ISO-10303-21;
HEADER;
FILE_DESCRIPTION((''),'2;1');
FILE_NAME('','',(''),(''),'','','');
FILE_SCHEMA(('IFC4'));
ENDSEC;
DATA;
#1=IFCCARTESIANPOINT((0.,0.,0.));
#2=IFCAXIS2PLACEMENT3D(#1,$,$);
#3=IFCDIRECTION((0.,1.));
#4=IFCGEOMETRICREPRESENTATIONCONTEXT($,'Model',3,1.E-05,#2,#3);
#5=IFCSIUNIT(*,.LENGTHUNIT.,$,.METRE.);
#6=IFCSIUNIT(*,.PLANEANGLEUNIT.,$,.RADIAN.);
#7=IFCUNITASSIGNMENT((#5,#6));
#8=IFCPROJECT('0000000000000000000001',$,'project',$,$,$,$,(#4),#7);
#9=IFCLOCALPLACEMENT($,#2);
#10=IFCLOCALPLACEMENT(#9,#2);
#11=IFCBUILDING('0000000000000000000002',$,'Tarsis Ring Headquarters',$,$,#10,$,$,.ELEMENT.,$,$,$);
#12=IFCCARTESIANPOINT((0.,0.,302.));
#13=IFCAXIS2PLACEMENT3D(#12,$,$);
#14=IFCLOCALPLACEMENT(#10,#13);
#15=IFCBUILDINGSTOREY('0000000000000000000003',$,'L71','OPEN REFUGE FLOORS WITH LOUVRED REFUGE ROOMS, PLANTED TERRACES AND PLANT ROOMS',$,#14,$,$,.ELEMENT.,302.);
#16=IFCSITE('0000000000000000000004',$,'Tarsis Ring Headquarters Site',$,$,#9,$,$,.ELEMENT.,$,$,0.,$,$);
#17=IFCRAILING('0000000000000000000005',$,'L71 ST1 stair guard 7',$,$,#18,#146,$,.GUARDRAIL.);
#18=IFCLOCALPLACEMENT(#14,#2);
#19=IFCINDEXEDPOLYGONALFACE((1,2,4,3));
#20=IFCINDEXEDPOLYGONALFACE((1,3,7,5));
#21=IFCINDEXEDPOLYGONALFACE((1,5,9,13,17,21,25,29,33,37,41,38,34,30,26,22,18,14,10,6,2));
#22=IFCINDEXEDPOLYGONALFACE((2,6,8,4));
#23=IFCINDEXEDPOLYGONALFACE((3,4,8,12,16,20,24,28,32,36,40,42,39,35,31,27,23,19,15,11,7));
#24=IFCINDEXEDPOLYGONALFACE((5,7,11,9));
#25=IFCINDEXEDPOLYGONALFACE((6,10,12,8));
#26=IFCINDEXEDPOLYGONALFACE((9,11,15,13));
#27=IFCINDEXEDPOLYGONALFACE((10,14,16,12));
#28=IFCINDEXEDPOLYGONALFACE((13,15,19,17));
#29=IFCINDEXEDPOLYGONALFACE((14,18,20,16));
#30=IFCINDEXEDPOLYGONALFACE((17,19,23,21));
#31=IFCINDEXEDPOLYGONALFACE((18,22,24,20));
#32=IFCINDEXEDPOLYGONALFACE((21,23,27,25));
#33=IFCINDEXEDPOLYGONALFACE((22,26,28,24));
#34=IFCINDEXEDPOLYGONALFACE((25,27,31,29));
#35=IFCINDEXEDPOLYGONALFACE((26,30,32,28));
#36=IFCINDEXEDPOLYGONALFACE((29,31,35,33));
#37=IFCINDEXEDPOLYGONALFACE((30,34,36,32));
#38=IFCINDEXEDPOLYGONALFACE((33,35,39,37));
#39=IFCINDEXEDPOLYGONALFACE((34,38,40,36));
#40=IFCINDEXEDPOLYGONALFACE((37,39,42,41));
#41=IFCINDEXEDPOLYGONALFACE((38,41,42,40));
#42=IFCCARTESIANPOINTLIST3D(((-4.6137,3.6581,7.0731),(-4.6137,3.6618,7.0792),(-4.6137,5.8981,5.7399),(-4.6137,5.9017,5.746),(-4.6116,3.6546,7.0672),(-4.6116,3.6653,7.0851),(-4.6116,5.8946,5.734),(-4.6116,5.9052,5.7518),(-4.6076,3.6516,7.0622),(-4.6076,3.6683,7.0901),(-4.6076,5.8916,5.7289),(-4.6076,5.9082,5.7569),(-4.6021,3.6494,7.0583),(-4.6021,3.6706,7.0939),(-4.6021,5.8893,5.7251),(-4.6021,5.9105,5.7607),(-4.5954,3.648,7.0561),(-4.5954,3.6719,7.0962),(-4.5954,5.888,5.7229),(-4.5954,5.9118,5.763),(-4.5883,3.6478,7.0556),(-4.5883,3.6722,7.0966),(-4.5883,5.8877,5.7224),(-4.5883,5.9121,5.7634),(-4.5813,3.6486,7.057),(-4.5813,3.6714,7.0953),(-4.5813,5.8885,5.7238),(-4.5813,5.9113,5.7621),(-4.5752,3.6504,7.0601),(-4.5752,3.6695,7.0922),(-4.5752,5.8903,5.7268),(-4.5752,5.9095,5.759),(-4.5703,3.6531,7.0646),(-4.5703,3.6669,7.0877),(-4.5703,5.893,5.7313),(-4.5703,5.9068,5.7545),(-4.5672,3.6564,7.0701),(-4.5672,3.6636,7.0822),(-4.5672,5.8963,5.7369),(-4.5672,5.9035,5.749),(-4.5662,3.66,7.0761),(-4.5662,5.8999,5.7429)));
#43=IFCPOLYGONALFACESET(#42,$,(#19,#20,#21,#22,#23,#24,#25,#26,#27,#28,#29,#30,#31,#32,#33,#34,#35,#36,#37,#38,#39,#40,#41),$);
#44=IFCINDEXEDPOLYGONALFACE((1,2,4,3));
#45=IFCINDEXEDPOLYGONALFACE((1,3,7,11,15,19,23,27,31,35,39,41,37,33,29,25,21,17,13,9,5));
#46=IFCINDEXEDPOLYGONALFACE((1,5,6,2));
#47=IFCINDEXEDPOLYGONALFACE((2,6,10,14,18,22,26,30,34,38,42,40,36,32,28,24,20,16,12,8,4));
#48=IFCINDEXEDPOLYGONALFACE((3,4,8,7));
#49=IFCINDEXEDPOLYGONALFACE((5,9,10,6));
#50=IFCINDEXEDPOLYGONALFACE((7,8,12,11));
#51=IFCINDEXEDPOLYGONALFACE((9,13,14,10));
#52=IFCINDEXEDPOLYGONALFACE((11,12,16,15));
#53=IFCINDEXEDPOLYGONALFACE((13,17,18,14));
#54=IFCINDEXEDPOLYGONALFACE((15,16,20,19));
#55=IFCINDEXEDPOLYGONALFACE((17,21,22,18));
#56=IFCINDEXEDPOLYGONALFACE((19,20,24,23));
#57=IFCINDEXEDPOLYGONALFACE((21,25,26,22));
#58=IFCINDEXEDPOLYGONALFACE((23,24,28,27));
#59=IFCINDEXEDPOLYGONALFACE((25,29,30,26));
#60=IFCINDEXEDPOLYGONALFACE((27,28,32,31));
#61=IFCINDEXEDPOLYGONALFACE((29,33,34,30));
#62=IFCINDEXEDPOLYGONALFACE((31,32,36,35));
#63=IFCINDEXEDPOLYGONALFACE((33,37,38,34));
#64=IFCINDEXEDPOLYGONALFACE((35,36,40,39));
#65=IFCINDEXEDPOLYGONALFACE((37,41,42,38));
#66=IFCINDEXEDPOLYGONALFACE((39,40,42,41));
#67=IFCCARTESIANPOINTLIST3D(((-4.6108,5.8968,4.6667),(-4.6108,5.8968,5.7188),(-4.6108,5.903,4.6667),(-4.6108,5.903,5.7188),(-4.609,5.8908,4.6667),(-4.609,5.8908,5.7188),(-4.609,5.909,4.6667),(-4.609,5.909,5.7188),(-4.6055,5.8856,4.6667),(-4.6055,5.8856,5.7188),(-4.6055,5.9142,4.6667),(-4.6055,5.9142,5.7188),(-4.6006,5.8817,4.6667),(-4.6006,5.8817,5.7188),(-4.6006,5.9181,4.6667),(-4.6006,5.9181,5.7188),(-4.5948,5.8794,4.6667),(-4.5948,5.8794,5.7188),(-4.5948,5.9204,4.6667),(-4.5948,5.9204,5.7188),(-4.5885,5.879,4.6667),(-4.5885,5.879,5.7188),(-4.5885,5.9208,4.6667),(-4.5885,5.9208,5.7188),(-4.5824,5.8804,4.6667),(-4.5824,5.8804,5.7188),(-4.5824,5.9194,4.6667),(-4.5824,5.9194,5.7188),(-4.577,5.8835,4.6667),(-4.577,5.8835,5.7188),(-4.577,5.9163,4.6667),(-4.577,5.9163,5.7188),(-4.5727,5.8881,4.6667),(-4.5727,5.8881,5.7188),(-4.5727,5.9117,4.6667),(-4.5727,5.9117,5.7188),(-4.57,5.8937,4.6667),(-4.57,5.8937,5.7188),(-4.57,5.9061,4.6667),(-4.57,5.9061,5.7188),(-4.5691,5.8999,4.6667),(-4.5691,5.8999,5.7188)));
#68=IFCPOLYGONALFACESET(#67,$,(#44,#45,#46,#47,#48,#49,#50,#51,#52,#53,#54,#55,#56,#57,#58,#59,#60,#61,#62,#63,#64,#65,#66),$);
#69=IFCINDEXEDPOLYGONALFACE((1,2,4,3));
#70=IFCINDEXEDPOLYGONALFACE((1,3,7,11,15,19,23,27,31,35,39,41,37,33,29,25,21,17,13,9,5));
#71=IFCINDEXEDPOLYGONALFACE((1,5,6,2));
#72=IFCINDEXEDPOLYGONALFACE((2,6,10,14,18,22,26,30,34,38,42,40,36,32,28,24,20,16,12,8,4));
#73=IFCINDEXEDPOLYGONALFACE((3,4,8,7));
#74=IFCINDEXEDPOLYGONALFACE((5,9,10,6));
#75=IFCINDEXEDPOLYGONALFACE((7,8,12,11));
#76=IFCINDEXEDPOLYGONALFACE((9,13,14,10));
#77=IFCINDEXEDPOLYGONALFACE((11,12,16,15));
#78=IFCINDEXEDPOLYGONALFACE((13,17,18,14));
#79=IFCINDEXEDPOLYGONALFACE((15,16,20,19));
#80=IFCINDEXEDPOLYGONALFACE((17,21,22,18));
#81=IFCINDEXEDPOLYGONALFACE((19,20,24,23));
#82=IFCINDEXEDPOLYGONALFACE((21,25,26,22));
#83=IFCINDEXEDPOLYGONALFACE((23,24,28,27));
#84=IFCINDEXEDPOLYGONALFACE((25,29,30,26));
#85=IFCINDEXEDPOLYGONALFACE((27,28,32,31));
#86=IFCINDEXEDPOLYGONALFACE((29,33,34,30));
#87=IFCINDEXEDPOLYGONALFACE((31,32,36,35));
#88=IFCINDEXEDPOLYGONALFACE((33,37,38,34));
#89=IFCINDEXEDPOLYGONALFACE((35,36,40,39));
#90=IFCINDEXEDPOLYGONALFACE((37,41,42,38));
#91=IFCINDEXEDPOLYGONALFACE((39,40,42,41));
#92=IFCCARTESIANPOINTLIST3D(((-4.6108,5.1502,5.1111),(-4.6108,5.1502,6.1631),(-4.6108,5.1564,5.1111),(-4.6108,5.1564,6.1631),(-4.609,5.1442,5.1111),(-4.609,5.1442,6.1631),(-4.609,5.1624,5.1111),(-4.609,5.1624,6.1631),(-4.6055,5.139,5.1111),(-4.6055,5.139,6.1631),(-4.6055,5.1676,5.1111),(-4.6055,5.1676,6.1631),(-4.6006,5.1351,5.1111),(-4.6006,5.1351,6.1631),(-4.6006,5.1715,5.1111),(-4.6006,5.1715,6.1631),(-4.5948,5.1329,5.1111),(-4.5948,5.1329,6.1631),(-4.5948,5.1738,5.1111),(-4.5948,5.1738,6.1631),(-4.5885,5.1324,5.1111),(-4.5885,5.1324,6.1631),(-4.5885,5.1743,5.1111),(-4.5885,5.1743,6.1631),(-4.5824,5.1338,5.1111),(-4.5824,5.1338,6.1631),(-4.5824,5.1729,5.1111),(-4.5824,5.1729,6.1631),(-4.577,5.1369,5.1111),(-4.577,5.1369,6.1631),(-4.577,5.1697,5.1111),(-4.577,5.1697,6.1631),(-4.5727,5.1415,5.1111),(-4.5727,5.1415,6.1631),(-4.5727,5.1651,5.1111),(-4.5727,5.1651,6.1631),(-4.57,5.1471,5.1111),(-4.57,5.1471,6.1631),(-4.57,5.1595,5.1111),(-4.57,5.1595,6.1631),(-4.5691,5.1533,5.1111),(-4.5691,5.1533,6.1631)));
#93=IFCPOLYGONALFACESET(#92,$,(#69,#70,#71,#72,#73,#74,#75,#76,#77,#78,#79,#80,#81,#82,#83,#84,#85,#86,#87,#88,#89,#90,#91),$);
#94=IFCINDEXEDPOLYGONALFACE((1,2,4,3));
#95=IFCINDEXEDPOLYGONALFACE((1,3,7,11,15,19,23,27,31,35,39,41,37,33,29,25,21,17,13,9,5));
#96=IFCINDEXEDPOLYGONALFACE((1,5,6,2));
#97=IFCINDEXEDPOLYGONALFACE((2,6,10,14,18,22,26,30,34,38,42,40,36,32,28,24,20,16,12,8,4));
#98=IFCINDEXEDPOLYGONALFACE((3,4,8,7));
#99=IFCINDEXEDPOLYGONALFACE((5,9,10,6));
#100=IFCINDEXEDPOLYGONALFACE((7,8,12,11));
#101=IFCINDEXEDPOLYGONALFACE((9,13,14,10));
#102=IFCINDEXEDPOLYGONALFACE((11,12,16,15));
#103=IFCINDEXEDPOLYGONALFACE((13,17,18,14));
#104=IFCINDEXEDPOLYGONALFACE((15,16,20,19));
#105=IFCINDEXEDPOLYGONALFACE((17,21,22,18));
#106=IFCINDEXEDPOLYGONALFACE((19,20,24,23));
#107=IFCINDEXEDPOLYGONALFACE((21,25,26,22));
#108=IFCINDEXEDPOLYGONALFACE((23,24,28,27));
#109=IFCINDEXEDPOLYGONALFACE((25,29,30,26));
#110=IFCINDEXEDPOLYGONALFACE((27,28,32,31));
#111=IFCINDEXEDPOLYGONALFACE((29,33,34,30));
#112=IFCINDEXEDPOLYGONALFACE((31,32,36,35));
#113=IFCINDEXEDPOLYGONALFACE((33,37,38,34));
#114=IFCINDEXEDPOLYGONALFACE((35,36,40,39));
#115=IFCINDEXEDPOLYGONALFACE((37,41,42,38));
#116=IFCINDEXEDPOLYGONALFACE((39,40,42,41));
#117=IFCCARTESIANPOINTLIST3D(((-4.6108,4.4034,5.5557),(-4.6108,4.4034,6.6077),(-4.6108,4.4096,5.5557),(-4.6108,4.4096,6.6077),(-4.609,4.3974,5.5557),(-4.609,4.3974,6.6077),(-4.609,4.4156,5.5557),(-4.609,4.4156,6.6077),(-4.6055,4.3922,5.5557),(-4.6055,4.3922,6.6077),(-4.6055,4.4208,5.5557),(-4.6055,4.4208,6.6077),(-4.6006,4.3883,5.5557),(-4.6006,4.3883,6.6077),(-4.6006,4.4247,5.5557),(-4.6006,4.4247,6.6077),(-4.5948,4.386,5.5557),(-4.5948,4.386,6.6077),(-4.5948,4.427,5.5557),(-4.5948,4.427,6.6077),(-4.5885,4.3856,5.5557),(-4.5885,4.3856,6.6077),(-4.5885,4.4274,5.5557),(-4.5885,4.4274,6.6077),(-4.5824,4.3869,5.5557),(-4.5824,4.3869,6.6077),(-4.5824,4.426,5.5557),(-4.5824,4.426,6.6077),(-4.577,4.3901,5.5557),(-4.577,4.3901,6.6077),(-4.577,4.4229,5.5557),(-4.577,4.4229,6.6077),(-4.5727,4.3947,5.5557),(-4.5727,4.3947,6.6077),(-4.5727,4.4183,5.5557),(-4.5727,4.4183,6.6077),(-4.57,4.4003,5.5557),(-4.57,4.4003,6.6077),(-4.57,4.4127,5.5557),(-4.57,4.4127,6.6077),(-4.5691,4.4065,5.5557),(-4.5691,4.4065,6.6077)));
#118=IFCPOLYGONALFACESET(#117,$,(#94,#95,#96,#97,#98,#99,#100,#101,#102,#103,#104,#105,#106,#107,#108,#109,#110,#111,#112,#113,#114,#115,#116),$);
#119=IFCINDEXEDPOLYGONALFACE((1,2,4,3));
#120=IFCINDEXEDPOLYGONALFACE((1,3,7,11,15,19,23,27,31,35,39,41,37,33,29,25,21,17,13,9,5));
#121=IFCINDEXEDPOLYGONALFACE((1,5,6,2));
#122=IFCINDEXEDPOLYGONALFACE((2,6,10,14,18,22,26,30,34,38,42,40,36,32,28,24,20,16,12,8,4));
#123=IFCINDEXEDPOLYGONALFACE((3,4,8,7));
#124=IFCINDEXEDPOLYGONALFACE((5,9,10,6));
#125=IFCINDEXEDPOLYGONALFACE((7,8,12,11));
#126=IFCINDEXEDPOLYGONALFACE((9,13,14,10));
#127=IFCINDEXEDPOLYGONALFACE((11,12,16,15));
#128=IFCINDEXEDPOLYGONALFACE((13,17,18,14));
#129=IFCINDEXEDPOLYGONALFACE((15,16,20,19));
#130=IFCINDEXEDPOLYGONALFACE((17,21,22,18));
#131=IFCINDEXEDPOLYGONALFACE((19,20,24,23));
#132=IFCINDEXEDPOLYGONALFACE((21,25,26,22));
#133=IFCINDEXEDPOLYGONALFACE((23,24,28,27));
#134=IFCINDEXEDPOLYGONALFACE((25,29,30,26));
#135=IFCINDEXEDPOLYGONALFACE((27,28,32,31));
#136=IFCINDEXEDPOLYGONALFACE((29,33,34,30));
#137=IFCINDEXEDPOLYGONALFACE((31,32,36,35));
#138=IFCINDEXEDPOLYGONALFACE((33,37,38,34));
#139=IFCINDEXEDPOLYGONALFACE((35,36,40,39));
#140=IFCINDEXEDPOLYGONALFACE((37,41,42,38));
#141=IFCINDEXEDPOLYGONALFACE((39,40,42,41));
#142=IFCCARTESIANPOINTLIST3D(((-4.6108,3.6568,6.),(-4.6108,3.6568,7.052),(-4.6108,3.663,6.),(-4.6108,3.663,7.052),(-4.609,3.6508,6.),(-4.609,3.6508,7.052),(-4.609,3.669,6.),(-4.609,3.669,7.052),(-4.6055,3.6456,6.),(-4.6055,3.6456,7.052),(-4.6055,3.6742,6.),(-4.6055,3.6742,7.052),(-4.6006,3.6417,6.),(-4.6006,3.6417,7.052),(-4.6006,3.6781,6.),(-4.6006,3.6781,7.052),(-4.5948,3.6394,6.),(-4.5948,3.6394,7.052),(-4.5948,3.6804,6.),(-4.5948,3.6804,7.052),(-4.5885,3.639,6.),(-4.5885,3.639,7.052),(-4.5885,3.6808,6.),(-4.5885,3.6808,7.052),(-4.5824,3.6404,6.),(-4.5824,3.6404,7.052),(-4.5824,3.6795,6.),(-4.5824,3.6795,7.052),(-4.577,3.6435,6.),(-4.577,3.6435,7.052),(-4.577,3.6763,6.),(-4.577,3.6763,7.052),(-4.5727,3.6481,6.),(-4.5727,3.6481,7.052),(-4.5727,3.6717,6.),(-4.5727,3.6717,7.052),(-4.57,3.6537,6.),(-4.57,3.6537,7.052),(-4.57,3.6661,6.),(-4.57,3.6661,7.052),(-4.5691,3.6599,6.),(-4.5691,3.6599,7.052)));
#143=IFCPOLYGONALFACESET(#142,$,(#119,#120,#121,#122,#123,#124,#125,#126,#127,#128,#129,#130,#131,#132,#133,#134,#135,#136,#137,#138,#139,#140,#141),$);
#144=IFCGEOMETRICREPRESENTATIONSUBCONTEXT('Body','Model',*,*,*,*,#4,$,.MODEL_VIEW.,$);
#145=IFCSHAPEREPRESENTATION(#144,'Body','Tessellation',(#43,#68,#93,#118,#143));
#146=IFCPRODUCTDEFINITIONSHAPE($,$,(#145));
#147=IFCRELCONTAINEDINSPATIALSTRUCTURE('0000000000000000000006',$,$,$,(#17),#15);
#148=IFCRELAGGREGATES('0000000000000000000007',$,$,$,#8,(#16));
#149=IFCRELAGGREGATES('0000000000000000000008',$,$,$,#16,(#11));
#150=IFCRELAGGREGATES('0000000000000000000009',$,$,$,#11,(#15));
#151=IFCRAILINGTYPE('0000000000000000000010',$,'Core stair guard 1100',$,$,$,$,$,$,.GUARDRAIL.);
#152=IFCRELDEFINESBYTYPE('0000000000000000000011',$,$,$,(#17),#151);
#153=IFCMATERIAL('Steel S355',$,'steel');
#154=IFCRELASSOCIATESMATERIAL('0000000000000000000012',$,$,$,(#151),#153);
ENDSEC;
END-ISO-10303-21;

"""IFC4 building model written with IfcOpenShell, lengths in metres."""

from ifc_helpers import new_model, si_unit, direction, frame, origin, origin_2d, place, context, subcontext, project, spatial, circle, extrude, material, type_object, element, save


model = new_model("IFC4")

# Units and contexts
model_context = context("Model", 3, precision=1e-05, world=origin(), true_north=direction((0.0, 1.0)))
body_context = subcontext(model_context, "Body", "Model", "MODEL_VIEW")
ifc_project = project(units=[si_unit("LENGTHUNIT", "METRE"), si_unit("PLANEANGLEUNIT", "RADIAN")], contexts=[model_context])

# Site, building, storey
site_placement = place(None, origin())
site = spatial("IfcSite", under=ifc_project, at=site_placement, Name="Tarsis Ring Headquarters Site", CompositionType="ELEMENT", RefElevation=0.0)
building_placement = place(site_placement, origin())
building = spatial("IfcBuilding", under=site, at=building_placement, Name="Tarsis Ring Headquarters", CompositionType="ELEMENT")
storey_placement = place(building_placement, frame((0.0, 0.0, 302.0)))
storey = spatial("IfcBuildingStorey", under=building, at=storey_placement, Name="L71", Description="OPEN REFUGE FLOORS WITH LOUVRED REFUGE ROOMS, PLANTED TERRACES AND PLANT ROOMS", CompositionType="ELEMENT", Elevation=302.0)

# Shared definitions
ifc_material_1 = material(Name="Steel S355", Category="steel")

# Railing
railing_type_1 = type_object("IfcRailingType", Name="Core stair guard 1100", PredefinedType="GUARDRAIL", material=ifc_material_1)
railing_1_placement = place(storey_placement, frame((-4.5901, 5.8999, 4.6667)))
element("IfcRailing", 1, at=railing_1_placement, inside=storey, type_object=railing_type_1, Name="L71 ST1 stair guard 7", PredefinedType="GUARDRAIL", context=body_context, shape_type="SweptSolid", body=[
    extrude(circle(Radius=0.0239, at=origin_2d()), frame((0.0, 0.0, 1.0762), z_axis=(0.0, -0.859306, 0.511462), x_axis=(1.0, 0.0, 0.0)), (0.0, 0.0, 1.0), 2.6067),
    extrude(circle(Radius=0.021, at=origin_2d()), origin(), (0.0, 0.0, 1.0), 1.052),
    extrude(circle(Radius=0.021, at=origin_2d()), frame((0.0, -0.7466, 0.4443)), (0.0, 0.0, 1.0), 1.052),
    extrude(circle(Radius=0.021, at=origin_2d()), frame((0.0, -1.4934, 0.8889)), (0.0, 0.0, 1.0), 1.052),
    extrude(circle(Radius=0.021, at=origin_2d()), frame((0.0, -2.24, 1.3333)), (0.0, 0.0, 1.0), 1.052),
])

save(model, "model.ifc")
